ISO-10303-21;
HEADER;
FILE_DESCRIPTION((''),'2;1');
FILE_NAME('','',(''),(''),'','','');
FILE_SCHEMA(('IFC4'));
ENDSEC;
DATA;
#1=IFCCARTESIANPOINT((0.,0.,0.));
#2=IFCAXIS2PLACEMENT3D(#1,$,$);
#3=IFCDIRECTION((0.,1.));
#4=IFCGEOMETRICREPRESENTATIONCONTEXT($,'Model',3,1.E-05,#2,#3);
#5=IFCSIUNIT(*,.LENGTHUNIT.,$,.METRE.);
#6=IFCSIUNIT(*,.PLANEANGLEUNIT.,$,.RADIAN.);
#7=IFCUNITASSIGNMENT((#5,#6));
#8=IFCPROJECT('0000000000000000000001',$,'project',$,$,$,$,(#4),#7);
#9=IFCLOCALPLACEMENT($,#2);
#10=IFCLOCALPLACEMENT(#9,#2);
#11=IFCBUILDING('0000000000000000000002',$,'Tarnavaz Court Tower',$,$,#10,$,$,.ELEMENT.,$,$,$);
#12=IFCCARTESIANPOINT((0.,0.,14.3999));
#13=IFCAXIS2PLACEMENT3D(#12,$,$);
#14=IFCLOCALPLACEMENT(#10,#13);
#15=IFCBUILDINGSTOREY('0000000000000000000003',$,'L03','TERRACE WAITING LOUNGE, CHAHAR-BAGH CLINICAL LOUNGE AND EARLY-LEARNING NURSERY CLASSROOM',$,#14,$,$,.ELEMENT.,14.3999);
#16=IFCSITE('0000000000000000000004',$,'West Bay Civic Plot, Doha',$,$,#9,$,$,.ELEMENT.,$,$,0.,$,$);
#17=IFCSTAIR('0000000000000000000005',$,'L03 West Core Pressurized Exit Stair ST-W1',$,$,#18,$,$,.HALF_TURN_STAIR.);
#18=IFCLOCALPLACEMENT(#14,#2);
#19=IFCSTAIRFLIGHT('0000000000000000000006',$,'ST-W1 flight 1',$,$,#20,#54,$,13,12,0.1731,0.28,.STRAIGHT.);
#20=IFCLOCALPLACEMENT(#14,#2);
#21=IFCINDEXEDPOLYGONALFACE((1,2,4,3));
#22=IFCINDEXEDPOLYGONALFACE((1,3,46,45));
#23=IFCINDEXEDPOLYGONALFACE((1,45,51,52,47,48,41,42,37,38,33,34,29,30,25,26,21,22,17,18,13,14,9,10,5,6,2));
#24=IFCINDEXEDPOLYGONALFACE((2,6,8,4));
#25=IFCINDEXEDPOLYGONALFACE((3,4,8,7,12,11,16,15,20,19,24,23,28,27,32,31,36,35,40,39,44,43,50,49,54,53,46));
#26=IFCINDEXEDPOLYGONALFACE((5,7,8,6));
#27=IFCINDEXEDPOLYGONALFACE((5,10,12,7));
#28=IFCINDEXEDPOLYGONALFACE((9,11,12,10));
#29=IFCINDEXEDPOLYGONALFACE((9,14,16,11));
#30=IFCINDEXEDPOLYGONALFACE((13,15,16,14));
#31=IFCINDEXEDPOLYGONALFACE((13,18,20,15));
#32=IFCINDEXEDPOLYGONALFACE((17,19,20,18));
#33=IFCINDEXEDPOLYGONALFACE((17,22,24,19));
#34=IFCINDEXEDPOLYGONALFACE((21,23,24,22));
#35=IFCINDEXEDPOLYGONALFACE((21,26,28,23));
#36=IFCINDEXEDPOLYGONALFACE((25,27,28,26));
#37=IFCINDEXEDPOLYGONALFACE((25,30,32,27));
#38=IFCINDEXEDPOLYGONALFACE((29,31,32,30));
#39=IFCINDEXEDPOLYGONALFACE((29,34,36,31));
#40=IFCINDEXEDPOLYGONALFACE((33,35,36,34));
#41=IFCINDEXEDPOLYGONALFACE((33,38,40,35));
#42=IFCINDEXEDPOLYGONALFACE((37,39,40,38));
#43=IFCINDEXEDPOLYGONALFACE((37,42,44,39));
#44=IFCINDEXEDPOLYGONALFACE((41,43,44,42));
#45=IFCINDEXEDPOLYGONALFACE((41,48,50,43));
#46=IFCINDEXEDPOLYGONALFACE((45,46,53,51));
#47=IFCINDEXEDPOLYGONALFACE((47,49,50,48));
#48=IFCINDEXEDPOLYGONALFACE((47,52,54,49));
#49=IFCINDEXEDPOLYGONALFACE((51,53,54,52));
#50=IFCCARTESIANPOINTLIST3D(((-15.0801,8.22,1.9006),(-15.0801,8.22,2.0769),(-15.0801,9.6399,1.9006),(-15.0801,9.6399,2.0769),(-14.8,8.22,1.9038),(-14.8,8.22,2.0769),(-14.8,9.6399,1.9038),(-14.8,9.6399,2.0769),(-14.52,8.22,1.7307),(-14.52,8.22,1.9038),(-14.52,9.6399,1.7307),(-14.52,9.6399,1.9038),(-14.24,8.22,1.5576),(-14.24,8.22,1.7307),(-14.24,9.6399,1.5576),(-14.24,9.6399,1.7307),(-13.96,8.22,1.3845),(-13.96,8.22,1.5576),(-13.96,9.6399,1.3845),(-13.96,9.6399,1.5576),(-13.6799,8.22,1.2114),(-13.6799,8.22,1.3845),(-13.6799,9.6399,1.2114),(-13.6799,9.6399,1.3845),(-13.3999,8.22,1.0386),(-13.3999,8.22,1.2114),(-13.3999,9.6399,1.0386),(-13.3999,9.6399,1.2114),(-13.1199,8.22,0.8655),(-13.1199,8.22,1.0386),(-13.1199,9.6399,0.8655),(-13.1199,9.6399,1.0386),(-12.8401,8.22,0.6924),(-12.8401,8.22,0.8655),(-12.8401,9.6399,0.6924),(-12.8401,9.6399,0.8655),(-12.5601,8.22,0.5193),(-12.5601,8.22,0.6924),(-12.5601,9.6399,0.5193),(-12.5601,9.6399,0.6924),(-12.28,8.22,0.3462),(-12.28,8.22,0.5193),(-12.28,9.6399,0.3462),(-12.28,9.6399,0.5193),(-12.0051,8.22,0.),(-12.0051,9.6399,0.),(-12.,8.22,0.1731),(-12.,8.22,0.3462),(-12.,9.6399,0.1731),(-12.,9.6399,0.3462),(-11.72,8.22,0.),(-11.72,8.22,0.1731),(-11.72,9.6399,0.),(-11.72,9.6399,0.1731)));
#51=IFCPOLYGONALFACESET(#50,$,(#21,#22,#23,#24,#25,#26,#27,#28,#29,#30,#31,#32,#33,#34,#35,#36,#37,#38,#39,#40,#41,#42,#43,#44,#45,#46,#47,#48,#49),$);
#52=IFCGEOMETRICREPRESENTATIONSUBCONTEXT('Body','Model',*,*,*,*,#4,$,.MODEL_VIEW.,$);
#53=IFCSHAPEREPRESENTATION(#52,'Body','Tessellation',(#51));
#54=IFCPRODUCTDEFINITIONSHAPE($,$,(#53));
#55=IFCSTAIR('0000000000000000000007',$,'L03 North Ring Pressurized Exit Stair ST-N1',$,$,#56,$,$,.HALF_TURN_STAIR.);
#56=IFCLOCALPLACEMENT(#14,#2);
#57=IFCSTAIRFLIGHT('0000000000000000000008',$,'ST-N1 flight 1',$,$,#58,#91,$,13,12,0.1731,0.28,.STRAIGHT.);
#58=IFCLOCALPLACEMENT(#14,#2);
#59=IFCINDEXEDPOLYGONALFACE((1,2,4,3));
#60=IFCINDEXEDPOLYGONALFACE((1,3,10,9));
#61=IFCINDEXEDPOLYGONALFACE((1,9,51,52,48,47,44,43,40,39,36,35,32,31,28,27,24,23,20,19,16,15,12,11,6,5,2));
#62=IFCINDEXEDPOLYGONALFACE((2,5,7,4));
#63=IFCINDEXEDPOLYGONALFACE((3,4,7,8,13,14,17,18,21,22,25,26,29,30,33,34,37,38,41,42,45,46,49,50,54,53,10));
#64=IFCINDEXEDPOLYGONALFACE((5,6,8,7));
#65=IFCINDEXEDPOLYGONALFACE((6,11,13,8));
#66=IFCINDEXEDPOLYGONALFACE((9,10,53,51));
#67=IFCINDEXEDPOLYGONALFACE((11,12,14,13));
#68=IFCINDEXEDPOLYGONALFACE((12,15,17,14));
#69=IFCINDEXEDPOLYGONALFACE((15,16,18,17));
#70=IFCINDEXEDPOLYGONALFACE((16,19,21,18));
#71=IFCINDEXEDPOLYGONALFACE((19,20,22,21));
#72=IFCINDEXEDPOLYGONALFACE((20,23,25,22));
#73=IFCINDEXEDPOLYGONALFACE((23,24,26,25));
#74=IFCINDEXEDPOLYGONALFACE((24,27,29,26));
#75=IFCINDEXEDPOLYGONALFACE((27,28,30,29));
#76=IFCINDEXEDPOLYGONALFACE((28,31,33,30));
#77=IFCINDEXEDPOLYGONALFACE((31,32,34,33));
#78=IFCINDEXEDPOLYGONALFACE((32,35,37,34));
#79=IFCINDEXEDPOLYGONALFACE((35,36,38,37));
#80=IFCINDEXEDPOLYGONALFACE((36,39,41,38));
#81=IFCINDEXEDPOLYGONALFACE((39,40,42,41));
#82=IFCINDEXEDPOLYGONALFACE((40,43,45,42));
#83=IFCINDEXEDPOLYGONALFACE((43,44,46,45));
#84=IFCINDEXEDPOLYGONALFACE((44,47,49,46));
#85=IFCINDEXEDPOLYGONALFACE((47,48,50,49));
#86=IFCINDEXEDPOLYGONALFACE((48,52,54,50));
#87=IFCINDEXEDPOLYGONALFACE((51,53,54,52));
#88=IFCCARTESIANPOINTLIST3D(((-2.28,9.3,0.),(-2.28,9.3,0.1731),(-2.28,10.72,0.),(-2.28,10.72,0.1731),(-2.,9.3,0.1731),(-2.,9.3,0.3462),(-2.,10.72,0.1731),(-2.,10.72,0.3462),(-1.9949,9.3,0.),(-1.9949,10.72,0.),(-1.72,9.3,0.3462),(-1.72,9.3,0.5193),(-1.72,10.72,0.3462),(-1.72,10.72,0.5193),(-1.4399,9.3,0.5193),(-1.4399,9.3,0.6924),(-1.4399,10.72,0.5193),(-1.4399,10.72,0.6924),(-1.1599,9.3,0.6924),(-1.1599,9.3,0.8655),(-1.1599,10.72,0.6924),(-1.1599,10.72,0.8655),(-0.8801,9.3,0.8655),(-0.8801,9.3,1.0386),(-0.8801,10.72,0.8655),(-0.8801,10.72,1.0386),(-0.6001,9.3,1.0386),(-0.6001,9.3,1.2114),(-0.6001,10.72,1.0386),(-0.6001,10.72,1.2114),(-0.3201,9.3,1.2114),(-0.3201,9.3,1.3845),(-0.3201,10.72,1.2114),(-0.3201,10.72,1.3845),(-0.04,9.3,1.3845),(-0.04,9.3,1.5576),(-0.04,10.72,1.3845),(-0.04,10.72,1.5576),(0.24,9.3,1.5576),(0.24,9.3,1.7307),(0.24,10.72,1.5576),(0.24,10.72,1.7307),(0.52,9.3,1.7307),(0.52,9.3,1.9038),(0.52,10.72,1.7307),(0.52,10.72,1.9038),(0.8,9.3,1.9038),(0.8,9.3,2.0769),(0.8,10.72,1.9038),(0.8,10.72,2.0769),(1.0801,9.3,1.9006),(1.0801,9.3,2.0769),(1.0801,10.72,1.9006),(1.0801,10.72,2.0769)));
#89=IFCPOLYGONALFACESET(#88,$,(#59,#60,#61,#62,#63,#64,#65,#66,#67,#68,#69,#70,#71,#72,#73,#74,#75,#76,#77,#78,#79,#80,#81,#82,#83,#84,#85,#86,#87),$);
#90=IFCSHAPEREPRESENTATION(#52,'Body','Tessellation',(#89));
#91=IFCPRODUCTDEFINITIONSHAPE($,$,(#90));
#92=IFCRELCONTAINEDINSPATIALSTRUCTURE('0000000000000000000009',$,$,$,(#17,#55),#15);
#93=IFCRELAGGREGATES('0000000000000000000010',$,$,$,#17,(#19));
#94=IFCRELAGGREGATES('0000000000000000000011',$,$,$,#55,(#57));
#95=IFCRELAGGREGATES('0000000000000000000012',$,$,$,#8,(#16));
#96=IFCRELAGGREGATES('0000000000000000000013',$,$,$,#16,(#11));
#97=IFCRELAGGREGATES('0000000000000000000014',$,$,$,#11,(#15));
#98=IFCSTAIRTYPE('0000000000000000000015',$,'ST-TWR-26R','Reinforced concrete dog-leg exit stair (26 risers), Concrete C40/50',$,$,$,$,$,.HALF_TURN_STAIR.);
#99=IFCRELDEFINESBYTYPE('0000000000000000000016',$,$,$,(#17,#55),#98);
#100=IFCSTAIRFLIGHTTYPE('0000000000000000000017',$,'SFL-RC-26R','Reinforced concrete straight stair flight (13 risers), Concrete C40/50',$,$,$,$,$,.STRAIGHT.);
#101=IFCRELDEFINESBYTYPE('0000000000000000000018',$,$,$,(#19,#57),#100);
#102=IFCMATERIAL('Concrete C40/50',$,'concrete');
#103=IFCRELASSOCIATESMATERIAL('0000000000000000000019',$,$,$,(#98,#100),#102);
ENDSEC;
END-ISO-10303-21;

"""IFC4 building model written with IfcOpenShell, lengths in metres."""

from ifc_helpers import new_model, si_unit, direction, frame, origin, place, context, subcontext, project, spatial, polyline, outline, extrude, material, type_object, element, aggregate, save


model = new_model("IFC4")

# Units and contexts
model_context = context("Model", 3, precision=1e-05, world=origin(), true_north=direction((0.0, 1.0)))
body_context = subcontext(model_context, "Body", "Model", "MODEL_VIEW")
ifc_project = project(units=[si_unit("LENGTHUNIT", "METRE"), si_unit("PLANEANGLEUNIT", "RADIAN")], contexts=[model_context])

# Site, building, storey
site_placement = place(None, origin())
site = spatial("IfcSite", under=ifc_project, at=site_placement, Name="West Bay Civic Plot, Doha", CompositionType="ELEMENT", RefElevation=0.0)
building_placement = place(site_placement, origin())
building = spatial("IfcBuilding", under=site, at=building_placement, Name="Tarnavaz Court Tower", CompositionType="ELEMENT")
storey_placement = place(building_placement, frame((0.0, 0.0, 14.3999)))
storey = spatial("IfcBuildingStorey", under=building, at=storey_placement, Name="L03", Description="TERRACE WAITING LOUNGE, CHAHAR-BAGH CLINICAL LOUNGE AND EARLY-LEARNING NURSERY CLASSROOM", CompositionType="ELEMENT", Elevation=14.3999)

# Stairs, stair flights
ifc_material_1 = material(Name="Concrete C40/50", Category="concrete")
stair_type = type_object("IfcStairType", Name="ST-TWR-26R", Description="Reinforced concrete dog-leg exit stair (26 risers), Concrete C40/50", PredefinedType="HALF_TURN_STAIR", material=ifc_material_1)
stair_1_placement = place(storey_placement, origin())
stair_1 = element("IfcStair", 1, at=stair_1_placement, inside=storey, type_object=stair_type, Name="L03 West Core Pressurized Exit Stair ST-W1", PredefinedType="HALF_TURN_STAIR")
stair_flight_type = type_object("IfcStairFlightType", Name="SFL-RC-26R", Description="Reinforced concrete straight stair flight (13 risers), Concrete C40/50", PredefinedType="STRAIGHT", material=ifc_material_1)
stair_flight_1_placement = place(storey_placement, frame((-11.72, 8.9299, 0.0), z_axis=(0.0, 0.0, 1.0), x_axis=(-1.0, 0.0, 0.0)))
stair_flight_1 = element("IfcStairFlight", 2, at=stair_flight_1_placement, type_object=stair_flight_type, Name="ST-W1 flight 1", NumberOfRisers=13, NumberOfTreads=12, PredefinedType="STRAIGHT", RiserHeight=0.1731, TreadLength=0.28, context=body_context, shape_type="SweptSolid", body=[
    extrude(outline(polyline([(0.0, 0.0), (0.0, 0.1731), (0.28, 0.1731), (0.28, 0.3462), (0.5601, 0.3462), (0.5601, 0.5193), (0.8401, 0.5193), (0.8401, 0.6924), (1.1201, 0.6924), (1.1201, 0.8655), (1.3999, 0.8655), (1.3999, 1.0386), (1.6799, 1.0386), (1.6799, 1.2114), (1.96, 1.2114), (1.96, 1.3845), (2.24, 1.3845), (2.24, 1.5576), (2.52, 1.5576), (2.52, 1.7307), (2.8, 1.7307), (2.8, 1.9038), (3.0801, 1.9038), (3.0801, 2.0769), (3.3601, 2.0769), (3.3601, 2.25), (3.3601, 1.9006), (0.2852, 0.0), (0.0, 0.0)])), frame((0.0, 0.71, 0.0), z_axis=(0.0, -1.0, 0.0), x_axis=(1.0, 0.0, 0.0)), (0.0, 0.0, 1.0), 1.4199),
])
aggregate(stair_1, [stair_flight_1])
stair_2_placement = place(storey_placement, origin())
stair_2 = element("IfcStair", 3, at=stair_2_placement, inside=storey, type_object=stair_type, Name="L03 North Ring Pressurized Exit Stair ST-N1", PredefinedType="HALF_TURN_STAIR")
stair_flight_2_placement = place(storey_placement, frame((-2.28, 10.01, 0.0), z_axis=(0.0, 0.0, 1.0), x_axis=(1.0, 0.0, 0.0)))
stair_flight_2 = element("IfcStairFlight", 4, at=stair_flight_2_placement, type_object=stair_flight_type, Name="ST-N1 flight 1", NumberOfRisers=13, NumberOfTreads=12, PredefinedType="STRAIGHT", RiserHeight=0.1731, TreadLength=0.28, context=body_context, shape_type="SweptSolid", body=[
    extrude(outline(polyline([(0.0, 0.0), (0.0, 0.1731), (0.28, 0.1731), (0.28, 0.3462), (0.5601, 0.3462), (0.5601, 0.5193), (0.8401, 0.5193), (0.8401, 0.6924), (1.1201, 0.6924), (1.1201, 0.8655), (1.3999, 0.8655), (1.3999, 1.0386), (1.6799, 1.0386), (1.6799, 1.2114), (1.96, 1.2114), (1.96, 1.3845), (2.24, 1.3845), (2.24, 1.5576), (2.52, 1.5576), (2.52, 1.7307), (2.8, 1.7307), (2.8, 1.9038), (3.0801, 1.9038), (3.0801, 2.0769), (3.3601, 2.0769), (3.3601, 2.25), (3.3601, 1.9006), (0.2852, 0.0), (0.0, 0.0)])), frame((0.0, 0.71, 0.0), z_axis=(0.0, -1.0, 0.0), x_axis=(1.0, 0.0, 0.0)), (0.0, 0.0, 1.0), 1.4199),
])
aggregate(stair_2, [stair_flight_2])

save(model, "model.ifc")
